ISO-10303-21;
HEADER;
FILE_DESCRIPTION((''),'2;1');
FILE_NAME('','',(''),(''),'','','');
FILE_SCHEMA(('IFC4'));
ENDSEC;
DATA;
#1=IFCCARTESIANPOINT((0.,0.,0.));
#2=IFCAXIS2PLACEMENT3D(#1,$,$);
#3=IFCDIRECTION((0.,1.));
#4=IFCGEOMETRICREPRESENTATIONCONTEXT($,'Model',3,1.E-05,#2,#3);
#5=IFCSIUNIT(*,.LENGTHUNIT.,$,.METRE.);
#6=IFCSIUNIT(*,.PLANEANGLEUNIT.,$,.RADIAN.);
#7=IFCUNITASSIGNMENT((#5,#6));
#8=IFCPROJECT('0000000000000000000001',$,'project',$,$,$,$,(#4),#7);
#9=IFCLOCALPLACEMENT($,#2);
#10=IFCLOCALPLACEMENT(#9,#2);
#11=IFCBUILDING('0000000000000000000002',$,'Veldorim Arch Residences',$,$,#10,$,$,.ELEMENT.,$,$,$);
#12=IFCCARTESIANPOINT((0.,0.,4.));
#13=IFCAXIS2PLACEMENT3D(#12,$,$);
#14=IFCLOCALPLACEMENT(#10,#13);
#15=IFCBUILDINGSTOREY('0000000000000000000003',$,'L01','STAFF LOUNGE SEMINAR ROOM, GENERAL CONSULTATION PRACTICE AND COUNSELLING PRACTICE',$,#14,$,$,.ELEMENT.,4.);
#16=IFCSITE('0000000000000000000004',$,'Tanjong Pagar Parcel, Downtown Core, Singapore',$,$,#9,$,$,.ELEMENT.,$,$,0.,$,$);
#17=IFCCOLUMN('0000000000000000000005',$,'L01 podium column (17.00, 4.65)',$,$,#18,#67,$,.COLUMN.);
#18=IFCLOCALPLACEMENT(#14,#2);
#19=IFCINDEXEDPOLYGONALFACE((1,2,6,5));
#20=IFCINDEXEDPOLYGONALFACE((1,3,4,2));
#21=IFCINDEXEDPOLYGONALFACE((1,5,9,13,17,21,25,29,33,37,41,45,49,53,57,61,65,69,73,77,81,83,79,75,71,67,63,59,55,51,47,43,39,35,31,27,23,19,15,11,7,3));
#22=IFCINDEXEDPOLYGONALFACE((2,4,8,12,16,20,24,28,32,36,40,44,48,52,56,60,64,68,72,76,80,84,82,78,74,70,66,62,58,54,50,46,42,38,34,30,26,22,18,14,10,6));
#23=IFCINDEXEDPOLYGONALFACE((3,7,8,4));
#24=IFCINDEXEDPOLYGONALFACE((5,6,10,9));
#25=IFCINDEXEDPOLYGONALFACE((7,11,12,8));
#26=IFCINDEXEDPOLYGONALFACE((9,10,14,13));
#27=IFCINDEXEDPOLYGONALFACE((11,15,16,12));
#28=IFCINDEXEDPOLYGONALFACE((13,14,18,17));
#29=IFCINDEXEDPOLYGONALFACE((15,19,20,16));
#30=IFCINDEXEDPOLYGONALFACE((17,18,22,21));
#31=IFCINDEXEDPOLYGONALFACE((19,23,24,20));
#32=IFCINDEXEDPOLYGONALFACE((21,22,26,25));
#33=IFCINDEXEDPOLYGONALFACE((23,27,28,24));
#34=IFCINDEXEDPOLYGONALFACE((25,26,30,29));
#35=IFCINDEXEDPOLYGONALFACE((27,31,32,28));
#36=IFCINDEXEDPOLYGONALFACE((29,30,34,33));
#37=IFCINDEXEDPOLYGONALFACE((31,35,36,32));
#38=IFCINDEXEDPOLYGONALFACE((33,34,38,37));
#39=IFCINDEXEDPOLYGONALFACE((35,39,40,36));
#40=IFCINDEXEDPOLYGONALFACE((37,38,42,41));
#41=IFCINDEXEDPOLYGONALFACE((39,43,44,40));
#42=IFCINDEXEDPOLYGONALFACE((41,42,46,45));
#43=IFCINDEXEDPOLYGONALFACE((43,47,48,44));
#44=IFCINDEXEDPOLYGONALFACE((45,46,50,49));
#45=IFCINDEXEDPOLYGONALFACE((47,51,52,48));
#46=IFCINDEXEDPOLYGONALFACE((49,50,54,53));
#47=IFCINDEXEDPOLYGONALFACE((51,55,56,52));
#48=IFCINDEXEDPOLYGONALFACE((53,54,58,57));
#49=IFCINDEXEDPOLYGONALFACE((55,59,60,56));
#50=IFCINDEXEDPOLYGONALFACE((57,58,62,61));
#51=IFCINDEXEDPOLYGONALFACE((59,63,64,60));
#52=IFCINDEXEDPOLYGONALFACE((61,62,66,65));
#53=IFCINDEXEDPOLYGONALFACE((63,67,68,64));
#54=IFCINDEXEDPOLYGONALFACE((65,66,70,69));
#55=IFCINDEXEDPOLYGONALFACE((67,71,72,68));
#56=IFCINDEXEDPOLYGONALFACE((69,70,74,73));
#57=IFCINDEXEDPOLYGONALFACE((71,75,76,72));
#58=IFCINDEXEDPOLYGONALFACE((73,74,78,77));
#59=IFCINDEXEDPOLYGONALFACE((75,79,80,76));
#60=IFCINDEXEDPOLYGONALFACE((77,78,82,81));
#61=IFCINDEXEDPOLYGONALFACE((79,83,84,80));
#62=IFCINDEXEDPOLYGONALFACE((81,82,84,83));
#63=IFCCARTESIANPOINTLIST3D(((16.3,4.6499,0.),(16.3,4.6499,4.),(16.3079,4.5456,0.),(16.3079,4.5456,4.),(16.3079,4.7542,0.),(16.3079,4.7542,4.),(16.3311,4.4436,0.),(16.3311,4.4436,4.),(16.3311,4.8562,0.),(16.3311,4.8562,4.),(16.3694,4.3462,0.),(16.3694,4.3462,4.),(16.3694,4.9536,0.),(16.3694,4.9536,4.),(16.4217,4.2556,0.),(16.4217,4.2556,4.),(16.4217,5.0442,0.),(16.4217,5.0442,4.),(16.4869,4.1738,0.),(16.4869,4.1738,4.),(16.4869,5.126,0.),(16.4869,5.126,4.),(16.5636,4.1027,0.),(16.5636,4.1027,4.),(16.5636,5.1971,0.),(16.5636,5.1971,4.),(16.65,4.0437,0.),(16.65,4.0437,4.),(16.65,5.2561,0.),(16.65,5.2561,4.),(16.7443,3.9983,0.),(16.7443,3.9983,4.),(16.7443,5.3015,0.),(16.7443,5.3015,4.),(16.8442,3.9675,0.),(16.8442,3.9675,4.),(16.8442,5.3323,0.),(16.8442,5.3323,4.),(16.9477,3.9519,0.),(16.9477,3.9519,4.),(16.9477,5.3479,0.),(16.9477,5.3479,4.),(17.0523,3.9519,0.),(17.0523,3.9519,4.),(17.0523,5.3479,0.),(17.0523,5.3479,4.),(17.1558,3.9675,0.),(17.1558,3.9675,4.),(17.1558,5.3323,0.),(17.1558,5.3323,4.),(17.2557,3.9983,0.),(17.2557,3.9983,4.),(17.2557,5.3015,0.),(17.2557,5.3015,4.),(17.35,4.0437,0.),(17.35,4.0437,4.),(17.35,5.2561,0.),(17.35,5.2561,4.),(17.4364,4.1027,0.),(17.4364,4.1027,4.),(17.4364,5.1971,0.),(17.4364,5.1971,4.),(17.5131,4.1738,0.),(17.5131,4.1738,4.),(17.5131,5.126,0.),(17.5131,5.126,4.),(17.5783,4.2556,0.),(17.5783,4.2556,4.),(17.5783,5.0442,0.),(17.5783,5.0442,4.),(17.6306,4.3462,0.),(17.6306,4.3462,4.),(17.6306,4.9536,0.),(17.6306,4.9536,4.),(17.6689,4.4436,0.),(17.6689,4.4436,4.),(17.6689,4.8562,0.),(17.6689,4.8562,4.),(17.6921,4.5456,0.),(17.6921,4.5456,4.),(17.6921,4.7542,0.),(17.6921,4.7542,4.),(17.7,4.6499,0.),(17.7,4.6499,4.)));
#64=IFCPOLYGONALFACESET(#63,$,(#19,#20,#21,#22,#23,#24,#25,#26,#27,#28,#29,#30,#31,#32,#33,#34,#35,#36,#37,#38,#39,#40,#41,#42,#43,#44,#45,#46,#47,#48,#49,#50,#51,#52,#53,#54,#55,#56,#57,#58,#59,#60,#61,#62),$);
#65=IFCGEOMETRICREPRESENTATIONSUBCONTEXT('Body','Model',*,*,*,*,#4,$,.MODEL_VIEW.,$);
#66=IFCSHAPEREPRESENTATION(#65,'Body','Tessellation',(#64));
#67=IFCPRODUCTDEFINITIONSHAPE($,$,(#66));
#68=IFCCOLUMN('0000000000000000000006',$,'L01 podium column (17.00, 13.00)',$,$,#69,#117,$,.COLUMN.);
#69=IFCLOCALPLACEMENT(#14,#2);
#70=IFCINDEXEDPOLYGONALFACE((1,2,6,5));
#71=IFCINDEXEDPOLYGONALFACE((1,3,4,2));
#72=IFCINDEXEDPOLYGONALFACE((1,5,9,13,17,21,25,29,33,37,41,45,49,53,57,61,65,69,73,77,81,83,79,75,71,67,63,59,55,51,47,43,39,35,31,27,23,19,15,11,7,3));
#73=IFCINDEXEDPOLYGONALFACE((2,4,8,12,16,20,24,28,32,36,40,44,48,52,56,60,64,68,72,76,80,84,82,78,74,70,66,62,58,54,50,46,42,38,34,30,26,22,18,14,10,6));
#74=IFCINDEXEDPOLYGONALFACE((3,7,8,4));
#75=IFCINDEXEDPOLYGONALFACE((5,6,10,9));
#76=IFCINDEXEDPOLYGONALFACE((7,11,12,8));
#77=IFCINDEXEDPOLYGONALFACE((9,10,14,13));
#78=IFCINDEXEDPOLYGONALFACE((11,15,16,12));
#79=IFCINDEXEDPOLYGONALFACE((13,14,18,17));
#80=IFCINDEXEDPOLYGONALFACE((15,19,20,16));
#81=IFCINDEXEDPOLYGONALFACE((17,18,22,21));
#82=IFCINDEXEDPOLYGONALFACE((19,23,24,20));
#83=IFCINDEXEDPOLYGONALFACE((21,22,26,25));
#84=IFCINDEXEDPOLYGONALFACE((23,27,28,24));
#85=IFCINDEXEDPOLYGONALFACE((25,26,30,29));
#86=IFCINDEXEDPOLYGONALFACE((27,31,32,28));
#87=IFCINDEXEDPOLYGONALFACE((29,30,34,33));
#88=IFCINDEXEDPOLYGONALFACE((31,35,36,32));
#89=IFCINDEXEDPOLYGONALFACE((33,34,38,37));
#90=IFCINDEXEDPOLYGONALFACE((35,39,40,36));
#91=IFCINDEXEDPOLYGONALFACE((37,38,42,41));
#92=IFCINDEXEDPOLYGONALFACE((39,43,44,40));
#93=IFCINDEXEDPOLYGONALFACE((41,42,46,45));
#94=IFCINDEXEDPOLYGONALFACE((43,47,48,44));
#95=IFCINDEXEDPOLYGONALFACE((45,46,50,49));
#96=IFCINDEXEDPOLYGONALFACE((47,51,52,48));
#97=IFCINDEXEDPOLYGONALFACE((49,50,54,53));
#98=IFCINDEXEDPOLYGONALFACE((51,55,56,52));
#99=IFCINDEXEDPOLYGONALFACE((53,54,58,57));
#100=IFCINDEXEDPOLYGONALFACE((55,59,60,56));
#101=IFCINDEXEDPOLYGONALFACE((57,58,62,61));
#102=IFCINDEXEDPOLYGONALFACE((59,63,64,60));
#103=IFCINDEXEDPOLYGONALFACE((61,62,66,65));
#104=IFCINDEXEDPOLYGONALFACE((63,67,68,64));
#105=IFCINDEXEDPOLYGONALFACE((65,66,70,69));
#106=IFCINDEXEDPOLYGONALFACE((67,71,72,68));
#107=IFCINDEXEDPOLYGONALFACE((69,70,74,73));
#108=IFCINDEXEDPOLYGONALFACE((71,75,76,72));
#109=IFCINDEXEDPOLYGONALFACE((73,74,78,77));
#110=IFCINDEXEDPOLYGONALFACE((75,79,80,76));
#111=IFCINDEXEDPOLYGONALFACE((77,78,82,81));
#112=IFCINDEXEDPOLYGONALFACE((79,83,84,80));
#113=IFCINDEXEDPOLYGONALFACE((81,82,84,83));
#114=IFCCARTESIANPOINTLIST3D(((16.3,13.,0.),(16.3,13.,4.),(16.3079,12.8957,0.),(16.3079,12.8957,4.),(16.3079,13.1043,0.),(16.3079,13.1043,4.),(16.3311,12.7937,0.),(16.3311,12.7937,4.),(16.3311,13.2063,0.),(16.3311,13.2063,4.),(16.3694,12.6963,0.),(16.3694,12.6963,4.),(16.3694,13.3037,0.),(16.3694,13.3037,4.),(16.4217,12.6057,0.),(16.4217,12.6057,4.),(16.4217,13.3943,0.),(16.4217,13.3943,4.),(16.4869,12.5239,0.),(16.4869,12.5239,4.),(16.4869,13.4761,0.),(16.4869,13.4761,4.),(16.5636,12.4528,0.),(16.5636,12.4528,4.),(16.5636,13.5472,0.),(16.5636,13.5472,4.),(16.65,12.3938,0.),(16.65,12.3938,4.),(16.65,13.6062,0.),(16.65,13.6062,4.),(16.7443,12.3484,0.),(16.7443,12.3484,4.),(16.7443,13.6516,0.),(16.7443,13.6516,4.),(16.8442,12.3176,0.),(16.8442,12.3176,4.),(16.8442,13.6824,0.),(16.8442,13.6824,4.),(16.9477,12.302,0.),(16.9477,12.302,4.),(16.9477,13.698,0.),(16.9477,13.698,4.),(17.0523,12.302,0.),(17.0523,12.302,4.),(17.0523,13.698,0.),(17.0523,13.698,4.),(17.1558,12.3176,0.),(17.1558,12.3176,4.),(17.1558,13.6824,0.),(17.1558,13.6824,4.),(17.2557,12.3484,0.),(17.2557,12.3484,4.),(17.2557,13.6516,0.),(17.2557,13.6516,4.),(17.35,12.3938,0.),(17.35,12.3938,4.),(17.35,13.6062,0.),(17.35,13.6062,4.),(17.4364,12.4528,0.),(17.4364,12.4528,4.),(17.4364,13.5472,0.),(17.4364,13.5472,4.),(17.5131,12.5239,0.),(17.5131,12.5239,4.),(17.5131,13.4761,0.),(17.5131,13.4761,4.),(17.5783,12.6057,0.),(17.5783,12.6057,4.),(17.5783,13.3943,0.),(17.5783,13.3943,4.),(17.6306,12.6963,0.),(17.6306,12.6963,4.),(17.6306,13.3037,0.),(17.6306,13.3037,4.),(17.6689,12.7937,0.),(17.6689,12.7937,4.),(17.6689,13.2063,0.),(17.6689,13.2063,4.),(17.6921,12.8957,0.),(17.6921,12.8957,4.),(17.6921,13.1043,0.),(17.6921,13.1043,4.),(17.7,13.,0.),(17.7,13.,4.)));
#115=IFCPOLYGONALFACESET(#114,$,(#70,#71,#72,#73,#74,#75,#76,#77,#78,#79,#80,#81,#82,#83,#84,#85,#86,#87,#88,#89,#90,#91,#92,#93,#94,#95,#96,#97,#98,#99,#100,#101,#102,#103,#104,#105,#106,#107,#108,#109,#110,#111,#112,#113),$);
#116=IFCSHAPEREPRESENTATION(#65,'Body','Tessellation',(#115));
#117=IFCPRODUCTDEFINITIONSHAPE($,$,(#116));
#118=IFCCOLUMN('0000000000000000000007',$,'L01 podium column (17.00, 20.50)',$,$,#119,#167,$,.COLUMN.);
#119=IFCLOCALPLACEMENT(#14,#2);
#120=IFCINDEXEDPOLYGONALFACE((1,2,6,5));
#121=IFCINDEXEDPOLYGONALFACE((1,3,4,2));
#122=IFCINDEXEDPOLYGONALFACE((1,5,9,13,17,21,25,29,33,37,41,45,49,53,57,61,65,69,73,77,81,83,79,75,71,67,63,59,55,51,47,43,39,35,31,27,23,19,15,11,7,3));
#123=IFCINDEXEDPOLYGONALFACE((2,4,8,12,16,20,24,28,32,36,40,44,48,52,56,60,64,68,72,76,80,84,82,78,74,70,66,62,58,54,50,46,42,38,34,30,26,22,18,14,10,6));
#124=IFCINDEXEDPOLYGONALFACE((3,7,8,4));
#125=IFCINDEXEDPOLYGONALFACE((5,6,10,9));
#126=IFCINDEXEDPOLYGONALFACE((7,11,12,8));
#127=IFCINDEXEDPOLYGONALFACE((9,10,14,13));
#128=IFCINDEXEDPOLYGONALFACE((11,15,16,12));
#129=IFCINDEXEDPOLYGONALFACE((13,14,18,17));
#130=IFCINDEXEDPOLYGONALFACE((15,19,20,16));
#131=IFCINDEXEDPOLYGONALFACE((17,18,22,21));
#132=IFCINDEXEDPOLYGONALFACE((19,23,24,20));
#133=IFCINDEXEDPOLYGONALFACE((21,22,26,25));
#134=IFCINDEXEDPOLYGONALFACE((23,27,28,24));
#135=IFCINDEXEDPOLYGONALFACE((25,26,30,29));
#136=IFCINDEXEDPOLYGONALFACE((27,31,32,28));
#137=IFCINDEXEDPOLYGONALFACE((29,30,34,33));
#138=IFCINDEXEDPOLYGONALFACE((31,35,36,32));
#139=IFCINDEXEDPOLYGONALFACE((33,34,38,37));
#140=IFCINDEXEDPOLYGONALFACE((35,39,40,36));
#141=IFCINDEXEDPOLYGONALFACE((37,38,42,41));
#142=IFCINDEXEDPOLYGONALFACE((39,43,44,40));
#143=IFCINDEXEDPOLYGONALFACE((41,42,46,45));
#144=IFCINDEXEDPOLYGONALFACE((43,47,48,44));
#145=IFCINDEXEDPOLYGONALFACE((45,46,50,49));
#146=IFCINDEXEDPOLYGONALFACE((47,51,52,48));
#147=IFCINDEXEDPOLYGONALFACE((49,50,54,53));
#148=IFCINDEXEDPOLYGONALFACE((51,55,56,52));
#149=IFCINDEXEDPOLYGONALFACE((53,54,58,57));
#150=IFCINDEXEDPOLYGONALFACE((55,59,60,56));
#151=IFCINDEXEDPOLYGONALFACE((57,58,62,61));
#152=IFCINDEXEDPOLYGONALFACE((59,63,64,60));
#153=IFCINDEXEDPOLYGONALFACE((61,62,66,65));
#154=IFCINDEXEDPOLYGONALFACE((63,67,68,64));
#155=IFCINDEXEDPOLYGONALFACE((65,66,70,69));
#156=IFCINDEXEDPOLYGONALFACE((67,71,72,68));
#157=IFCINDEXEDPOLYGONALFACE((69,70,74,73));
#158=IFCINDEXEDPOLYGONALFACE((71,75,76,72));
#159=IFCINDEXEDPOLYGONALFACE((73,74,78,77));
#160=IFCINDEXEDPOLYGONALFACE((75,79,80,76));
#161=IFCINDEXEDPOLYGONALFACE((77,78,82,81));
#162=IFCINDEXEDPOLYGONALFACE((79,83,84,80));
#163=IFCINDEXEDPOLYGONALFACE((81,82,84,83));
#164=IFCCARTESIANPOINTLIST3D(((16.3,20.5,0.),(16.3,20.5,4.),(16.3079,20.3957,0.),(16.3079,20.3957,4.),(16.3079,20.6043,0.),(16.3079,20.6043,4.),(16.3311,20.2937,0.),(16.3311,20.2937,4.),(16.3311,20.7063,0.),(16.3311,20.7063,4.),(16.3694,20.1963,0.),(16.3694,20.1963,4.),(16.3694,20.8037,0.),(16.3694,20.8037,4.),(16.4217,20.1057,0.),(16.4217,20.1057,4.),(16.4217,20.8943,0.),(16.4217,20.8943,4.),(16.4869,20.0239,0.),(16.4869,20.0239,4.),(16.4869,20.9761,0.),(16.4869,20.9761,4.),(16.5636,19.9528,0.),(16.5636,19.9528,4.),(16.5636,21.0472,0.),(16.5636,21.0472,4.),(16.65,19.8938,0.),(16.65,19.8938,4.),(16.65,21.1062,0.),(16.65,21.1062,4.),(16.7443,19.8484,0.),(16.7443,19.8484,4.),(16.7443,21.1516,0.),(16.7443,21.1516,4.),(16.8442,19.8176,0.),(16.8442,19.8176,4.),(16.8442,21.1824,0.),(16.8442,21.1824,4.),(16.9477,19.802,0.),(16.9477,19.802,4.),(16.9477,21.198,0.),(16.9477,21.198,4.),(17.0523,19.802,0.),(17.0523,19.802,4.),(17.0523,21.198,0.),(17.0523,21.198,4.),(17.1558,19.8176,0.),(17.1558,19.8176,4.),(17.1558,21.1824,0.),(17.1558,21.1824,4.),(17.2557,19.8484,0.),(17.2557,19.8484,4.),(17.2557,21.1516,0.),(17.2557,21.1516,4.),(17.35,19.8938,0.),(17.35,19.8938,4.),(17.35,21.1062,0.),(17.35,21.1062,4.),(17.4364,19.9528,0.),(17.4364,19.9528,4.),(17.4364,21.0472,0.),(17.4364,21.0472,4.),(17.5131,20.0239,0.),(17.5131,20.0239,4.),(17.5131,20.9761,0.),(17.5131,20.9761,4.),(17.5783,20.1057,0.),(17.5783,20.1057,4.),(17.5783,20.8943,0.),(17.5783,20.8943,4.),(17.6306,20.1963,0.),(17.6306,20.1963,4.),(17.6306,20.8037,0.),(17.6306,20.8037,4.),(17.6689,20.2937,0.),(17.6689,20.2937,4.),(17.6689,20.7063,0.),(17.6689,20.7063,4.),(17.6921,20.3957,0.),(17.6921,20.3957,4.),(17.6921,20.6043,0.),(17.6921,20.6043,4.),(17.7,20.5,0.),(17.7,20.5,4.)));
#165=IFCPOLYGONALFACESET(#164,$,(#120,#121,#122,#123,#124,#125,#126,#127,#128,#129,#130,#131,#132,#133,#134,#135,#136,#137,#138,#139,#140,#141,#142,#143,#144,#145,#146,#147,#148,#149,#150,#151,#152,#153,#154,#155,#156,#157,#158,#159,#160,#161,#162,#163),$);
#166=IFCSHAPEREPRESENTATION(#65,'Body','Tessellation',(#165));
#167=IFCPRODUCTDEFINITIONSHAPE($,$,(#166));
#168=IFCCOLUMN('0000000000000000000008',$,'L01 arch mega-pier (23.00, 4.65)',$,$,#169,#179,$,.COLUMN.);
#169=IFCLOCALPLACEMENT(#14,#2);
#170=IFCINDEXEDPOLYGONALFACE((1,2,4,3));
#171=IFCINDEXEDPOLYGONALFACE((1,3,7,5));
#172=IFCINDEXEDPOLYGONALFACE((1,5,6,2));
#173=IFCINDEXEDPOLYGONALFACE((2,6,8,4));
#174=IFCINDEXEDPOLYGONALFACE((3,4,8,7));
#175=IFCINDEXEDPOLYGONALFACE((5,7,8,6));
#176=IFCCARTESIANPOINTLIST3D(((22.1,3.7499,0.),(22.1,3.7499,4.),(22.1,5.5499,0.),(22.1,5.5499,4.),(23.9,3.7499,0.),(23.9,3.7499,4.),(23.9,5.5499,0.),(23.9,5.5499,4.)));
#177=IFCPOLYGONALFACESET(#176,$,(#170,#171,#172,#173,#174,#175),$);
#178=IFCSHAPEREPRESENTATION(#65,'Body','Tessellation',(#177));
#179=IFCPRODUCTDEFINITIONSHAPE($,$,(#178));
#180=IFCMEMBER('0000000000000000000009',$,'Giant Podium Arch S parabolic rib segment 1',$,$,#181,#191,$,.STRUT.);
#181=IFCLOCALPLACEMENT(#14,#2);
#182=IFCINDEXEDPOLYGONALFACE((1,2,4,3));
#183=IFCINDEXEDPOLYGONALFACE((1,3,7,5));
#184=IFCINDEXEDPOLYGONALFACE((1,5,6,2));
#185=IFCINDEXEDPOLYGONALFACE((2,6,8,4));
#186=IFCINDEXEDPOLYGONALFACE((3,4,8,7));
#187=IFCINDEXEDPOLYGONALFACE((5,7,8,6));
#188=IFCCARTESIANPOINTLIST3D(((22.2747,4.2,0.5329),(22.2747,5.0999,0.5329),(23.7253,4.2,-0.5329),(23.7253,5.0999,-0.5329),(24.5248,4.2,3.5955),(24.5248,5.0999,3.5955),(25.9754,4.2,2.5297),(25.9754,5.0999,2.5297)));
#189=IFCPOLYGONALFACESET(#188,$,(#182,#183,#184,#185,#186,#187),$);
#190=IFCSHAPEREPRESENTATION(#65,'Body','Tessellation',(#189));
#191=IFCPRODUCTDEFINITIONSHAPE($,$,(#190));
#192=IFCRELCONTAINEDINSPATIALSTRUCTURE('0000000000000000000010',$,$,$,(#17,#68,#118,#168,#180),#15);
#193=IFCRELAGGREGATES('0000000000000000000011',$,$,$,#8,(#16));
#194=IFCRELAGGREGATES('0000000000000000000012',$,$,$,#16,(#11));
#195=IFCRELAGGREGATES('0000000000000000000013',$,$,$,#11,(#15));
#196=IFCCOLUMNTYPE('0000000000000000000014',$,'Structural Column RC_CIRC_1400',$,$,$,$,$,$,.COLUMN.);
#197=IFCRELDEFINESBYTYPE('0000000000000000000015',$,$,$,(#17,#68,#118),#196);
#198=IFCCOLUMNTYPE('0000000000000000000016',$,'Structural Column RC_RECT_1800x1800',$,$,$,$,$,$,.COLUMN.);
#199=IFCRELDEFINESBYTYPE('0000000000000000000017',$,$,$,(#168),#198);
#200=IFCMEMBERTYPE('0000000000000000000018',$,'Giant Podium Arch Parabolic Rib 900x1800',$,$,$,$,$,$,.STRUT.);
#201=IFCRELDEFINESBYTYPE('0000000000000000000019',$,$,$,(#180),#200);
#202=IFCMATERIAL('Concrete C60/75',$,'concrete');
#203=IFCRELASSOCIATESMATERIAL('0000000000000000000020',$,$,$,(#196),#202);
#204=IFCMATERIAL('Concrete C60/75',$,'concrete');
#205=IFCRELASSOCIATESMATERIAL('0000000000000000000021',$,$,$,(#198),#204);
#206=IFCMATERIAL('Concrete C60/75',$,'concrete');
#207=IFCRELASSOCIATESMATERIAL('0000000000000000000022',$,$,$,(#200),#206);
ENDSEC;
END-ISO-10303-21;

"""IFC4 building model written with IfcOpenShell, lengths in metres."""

from ifc_helpers import new_model, si_unit, direction, frame, origin, origin_2d, place, context, subcontext, project, spatial, rectangle, circle, extrude, material, material_profile, profile_set, type_object, element, save


model = new_model("IFC4")

# Units and contexts
model_context = context("Model", 3, precision=1e-05, world=origin(), true_north=direction((0.0, 1.0)))
body_context = subcontext(model_context, "Body", "Model", "MODEL_VIEW")
ifc_project = project(units=[si_unit("LENGTHUNIT", "METRE"), si_unit("PLANEANGLEUNIT", "RADIAN")], contexts=[model_context])

# Site, building, storey
site_placement = place(None, origin())
site = spatial("IfcSite", under=ifc_project, at=site_placement, Name="Tanjong Pagar Parcel, Downtown Core, Singapore", CompositionType="ELEMENT", RefElevation=0.0)
building_placement = place(site_placement, origin())
building = spatial("IfcBuilding", under=site, at=building_placement, Name="Veldorim Arch Residences", CompositionType="ELEMENT")
storey_placement = place(building_placement, frame((0.0, 0.0, 4.0)))
storey = spatial("IfcBuildingStorey", under=building, at=storey_placement, Name="L01", Description="STAFF LOUNGE SEMINAR ROOM, GENERAL CONSULTATION PRACTICE AND COUNSELLING PRACTICE", CompositionType="ELEMENT", Elevation=4.0)

# Columns
ifc_material_1 = material(Name="Concrete C60/75", Category="concrete")
ifc_material_profile_1 = material_profile(ifc_material_1, circle(Radius=0.7, at=origin_2d()), Name="RC_CIRC_1400")
ifc_profile_set_1 = profile_set([ifc_material_profile_1], Name="Concrete C60/75")
column_type_1 = type_object("IfcColumnType", Name="Structural Column RC_CIRC_1400", PredefinedType="COLUMN", material=ifc_profile_set_1)
for number, where, z_axis, x_axis, name in (
    (1, (17.0, 4.6499, 0.0), (0.0, 0.0, 1.0), (1.0, 0.0, 0.0), "L01 podium column (17.00, 4.65)"),
    (2, (17.0, 13.0, 0.0), (0.0, 0.0, 1.0), (1.0, 0.0, 0.0), "L01 podium column (17.00, 13.00)"),
    (3, (17.0, 20.5, 0.0), (0.0, 0.0, 1.0), (1.0, 0.0, 0.0), "L01 podium column (17.00, 20.50)"),
):
    element("IfcColumn", number, at=place(storey_placement, frame(where, z_axis=z_axis, x_axis=x_axis)), inside=storey, type_object=column_type_1, Name=name, PredefinedType="COLUMN", context=body_context, shape_type="SweptSolid", body=[
        extrude(circle(Radius=0.7, at=origin_2d()), origin(), (0.0, 0.0, 1.0), 4.0),
    ])
ifc_material_2 = material(Name="Concrete C60/75", Category="concrete")
ifc_material_profile_2 = material_profile(ifc_material_2, rectangle(XDim=1.8, YDim=1.8, at=origin_2d()), Name="RC_RECT_1800x1800")
ifc_profile_set_2 = profile_set([ifc_material_profile_2], Name="Concrete C60/75")
column_type_2 = type_object("IfcColumnType", Name="Structural Column RC_RECT_1800x1800", PredefinedType="COLUMN", material=ifc_profile_set_2)
column_placement = place(storey_placement, frame((23.0, 4.6499, 0.0), z_axis=(0.0, 0.0, 1.0), x_axis=(1.0, 0.0, 0.0)))
element("IfcColumn", 4, at=column_placement, inside=storey, type_object=column_type_2, Name="L01 arch mega-pier (23.00, 4.65)", PredefinedType="COLUMN", context=body_context, shape_type="SweptSolid", body=[
    extrude(rectangle(XDim=1.8, YDim=1.8, at=origin_2d()), origin(), (0.0, 0.0, 1.0), 4.0),
])

# Member
ifc_material_3 = material(Name="Concrete C60/75", Category="concrete")
ifc_material_profile_3 = material_profile(ifc_material_3, rectangle(XDim=0.8999, YDim=1.8, at=origin_2d()), Name="RC_RECT_900x1800")
ifc_profile_set_3 = profile_set([ifc_material_profile_3], Name="Concrete C60/75")
member_type = type_object("IfcMemberType", Name="Giant Podium Arch Parabolic Rib 900x1800", PredefinedType="STRUT", material=ifc_profile_set_3)
member_placement = place(storey_placement, frame((23.0, 4.6499, 0.0), z_axis=(0.592076, 0.0, 0.805882), x_axis=(0.0, 1.0, 0.0)))
element("IfcMember", 5, at=member_placement, inside=storey, type_object=member_type, Name="Giant Podium Arch S parabolic rib segment 1", PredefinedType="STRUT", context=body_context, shape_type="SweptSolid", body=[
    extrude(rectangle(XDim=0.8999, YDim=1.8, at=origin_2d()), origin(), (0.0, 0.0, 1.0), 3.8003),
])

save(model, "model.ifc")
